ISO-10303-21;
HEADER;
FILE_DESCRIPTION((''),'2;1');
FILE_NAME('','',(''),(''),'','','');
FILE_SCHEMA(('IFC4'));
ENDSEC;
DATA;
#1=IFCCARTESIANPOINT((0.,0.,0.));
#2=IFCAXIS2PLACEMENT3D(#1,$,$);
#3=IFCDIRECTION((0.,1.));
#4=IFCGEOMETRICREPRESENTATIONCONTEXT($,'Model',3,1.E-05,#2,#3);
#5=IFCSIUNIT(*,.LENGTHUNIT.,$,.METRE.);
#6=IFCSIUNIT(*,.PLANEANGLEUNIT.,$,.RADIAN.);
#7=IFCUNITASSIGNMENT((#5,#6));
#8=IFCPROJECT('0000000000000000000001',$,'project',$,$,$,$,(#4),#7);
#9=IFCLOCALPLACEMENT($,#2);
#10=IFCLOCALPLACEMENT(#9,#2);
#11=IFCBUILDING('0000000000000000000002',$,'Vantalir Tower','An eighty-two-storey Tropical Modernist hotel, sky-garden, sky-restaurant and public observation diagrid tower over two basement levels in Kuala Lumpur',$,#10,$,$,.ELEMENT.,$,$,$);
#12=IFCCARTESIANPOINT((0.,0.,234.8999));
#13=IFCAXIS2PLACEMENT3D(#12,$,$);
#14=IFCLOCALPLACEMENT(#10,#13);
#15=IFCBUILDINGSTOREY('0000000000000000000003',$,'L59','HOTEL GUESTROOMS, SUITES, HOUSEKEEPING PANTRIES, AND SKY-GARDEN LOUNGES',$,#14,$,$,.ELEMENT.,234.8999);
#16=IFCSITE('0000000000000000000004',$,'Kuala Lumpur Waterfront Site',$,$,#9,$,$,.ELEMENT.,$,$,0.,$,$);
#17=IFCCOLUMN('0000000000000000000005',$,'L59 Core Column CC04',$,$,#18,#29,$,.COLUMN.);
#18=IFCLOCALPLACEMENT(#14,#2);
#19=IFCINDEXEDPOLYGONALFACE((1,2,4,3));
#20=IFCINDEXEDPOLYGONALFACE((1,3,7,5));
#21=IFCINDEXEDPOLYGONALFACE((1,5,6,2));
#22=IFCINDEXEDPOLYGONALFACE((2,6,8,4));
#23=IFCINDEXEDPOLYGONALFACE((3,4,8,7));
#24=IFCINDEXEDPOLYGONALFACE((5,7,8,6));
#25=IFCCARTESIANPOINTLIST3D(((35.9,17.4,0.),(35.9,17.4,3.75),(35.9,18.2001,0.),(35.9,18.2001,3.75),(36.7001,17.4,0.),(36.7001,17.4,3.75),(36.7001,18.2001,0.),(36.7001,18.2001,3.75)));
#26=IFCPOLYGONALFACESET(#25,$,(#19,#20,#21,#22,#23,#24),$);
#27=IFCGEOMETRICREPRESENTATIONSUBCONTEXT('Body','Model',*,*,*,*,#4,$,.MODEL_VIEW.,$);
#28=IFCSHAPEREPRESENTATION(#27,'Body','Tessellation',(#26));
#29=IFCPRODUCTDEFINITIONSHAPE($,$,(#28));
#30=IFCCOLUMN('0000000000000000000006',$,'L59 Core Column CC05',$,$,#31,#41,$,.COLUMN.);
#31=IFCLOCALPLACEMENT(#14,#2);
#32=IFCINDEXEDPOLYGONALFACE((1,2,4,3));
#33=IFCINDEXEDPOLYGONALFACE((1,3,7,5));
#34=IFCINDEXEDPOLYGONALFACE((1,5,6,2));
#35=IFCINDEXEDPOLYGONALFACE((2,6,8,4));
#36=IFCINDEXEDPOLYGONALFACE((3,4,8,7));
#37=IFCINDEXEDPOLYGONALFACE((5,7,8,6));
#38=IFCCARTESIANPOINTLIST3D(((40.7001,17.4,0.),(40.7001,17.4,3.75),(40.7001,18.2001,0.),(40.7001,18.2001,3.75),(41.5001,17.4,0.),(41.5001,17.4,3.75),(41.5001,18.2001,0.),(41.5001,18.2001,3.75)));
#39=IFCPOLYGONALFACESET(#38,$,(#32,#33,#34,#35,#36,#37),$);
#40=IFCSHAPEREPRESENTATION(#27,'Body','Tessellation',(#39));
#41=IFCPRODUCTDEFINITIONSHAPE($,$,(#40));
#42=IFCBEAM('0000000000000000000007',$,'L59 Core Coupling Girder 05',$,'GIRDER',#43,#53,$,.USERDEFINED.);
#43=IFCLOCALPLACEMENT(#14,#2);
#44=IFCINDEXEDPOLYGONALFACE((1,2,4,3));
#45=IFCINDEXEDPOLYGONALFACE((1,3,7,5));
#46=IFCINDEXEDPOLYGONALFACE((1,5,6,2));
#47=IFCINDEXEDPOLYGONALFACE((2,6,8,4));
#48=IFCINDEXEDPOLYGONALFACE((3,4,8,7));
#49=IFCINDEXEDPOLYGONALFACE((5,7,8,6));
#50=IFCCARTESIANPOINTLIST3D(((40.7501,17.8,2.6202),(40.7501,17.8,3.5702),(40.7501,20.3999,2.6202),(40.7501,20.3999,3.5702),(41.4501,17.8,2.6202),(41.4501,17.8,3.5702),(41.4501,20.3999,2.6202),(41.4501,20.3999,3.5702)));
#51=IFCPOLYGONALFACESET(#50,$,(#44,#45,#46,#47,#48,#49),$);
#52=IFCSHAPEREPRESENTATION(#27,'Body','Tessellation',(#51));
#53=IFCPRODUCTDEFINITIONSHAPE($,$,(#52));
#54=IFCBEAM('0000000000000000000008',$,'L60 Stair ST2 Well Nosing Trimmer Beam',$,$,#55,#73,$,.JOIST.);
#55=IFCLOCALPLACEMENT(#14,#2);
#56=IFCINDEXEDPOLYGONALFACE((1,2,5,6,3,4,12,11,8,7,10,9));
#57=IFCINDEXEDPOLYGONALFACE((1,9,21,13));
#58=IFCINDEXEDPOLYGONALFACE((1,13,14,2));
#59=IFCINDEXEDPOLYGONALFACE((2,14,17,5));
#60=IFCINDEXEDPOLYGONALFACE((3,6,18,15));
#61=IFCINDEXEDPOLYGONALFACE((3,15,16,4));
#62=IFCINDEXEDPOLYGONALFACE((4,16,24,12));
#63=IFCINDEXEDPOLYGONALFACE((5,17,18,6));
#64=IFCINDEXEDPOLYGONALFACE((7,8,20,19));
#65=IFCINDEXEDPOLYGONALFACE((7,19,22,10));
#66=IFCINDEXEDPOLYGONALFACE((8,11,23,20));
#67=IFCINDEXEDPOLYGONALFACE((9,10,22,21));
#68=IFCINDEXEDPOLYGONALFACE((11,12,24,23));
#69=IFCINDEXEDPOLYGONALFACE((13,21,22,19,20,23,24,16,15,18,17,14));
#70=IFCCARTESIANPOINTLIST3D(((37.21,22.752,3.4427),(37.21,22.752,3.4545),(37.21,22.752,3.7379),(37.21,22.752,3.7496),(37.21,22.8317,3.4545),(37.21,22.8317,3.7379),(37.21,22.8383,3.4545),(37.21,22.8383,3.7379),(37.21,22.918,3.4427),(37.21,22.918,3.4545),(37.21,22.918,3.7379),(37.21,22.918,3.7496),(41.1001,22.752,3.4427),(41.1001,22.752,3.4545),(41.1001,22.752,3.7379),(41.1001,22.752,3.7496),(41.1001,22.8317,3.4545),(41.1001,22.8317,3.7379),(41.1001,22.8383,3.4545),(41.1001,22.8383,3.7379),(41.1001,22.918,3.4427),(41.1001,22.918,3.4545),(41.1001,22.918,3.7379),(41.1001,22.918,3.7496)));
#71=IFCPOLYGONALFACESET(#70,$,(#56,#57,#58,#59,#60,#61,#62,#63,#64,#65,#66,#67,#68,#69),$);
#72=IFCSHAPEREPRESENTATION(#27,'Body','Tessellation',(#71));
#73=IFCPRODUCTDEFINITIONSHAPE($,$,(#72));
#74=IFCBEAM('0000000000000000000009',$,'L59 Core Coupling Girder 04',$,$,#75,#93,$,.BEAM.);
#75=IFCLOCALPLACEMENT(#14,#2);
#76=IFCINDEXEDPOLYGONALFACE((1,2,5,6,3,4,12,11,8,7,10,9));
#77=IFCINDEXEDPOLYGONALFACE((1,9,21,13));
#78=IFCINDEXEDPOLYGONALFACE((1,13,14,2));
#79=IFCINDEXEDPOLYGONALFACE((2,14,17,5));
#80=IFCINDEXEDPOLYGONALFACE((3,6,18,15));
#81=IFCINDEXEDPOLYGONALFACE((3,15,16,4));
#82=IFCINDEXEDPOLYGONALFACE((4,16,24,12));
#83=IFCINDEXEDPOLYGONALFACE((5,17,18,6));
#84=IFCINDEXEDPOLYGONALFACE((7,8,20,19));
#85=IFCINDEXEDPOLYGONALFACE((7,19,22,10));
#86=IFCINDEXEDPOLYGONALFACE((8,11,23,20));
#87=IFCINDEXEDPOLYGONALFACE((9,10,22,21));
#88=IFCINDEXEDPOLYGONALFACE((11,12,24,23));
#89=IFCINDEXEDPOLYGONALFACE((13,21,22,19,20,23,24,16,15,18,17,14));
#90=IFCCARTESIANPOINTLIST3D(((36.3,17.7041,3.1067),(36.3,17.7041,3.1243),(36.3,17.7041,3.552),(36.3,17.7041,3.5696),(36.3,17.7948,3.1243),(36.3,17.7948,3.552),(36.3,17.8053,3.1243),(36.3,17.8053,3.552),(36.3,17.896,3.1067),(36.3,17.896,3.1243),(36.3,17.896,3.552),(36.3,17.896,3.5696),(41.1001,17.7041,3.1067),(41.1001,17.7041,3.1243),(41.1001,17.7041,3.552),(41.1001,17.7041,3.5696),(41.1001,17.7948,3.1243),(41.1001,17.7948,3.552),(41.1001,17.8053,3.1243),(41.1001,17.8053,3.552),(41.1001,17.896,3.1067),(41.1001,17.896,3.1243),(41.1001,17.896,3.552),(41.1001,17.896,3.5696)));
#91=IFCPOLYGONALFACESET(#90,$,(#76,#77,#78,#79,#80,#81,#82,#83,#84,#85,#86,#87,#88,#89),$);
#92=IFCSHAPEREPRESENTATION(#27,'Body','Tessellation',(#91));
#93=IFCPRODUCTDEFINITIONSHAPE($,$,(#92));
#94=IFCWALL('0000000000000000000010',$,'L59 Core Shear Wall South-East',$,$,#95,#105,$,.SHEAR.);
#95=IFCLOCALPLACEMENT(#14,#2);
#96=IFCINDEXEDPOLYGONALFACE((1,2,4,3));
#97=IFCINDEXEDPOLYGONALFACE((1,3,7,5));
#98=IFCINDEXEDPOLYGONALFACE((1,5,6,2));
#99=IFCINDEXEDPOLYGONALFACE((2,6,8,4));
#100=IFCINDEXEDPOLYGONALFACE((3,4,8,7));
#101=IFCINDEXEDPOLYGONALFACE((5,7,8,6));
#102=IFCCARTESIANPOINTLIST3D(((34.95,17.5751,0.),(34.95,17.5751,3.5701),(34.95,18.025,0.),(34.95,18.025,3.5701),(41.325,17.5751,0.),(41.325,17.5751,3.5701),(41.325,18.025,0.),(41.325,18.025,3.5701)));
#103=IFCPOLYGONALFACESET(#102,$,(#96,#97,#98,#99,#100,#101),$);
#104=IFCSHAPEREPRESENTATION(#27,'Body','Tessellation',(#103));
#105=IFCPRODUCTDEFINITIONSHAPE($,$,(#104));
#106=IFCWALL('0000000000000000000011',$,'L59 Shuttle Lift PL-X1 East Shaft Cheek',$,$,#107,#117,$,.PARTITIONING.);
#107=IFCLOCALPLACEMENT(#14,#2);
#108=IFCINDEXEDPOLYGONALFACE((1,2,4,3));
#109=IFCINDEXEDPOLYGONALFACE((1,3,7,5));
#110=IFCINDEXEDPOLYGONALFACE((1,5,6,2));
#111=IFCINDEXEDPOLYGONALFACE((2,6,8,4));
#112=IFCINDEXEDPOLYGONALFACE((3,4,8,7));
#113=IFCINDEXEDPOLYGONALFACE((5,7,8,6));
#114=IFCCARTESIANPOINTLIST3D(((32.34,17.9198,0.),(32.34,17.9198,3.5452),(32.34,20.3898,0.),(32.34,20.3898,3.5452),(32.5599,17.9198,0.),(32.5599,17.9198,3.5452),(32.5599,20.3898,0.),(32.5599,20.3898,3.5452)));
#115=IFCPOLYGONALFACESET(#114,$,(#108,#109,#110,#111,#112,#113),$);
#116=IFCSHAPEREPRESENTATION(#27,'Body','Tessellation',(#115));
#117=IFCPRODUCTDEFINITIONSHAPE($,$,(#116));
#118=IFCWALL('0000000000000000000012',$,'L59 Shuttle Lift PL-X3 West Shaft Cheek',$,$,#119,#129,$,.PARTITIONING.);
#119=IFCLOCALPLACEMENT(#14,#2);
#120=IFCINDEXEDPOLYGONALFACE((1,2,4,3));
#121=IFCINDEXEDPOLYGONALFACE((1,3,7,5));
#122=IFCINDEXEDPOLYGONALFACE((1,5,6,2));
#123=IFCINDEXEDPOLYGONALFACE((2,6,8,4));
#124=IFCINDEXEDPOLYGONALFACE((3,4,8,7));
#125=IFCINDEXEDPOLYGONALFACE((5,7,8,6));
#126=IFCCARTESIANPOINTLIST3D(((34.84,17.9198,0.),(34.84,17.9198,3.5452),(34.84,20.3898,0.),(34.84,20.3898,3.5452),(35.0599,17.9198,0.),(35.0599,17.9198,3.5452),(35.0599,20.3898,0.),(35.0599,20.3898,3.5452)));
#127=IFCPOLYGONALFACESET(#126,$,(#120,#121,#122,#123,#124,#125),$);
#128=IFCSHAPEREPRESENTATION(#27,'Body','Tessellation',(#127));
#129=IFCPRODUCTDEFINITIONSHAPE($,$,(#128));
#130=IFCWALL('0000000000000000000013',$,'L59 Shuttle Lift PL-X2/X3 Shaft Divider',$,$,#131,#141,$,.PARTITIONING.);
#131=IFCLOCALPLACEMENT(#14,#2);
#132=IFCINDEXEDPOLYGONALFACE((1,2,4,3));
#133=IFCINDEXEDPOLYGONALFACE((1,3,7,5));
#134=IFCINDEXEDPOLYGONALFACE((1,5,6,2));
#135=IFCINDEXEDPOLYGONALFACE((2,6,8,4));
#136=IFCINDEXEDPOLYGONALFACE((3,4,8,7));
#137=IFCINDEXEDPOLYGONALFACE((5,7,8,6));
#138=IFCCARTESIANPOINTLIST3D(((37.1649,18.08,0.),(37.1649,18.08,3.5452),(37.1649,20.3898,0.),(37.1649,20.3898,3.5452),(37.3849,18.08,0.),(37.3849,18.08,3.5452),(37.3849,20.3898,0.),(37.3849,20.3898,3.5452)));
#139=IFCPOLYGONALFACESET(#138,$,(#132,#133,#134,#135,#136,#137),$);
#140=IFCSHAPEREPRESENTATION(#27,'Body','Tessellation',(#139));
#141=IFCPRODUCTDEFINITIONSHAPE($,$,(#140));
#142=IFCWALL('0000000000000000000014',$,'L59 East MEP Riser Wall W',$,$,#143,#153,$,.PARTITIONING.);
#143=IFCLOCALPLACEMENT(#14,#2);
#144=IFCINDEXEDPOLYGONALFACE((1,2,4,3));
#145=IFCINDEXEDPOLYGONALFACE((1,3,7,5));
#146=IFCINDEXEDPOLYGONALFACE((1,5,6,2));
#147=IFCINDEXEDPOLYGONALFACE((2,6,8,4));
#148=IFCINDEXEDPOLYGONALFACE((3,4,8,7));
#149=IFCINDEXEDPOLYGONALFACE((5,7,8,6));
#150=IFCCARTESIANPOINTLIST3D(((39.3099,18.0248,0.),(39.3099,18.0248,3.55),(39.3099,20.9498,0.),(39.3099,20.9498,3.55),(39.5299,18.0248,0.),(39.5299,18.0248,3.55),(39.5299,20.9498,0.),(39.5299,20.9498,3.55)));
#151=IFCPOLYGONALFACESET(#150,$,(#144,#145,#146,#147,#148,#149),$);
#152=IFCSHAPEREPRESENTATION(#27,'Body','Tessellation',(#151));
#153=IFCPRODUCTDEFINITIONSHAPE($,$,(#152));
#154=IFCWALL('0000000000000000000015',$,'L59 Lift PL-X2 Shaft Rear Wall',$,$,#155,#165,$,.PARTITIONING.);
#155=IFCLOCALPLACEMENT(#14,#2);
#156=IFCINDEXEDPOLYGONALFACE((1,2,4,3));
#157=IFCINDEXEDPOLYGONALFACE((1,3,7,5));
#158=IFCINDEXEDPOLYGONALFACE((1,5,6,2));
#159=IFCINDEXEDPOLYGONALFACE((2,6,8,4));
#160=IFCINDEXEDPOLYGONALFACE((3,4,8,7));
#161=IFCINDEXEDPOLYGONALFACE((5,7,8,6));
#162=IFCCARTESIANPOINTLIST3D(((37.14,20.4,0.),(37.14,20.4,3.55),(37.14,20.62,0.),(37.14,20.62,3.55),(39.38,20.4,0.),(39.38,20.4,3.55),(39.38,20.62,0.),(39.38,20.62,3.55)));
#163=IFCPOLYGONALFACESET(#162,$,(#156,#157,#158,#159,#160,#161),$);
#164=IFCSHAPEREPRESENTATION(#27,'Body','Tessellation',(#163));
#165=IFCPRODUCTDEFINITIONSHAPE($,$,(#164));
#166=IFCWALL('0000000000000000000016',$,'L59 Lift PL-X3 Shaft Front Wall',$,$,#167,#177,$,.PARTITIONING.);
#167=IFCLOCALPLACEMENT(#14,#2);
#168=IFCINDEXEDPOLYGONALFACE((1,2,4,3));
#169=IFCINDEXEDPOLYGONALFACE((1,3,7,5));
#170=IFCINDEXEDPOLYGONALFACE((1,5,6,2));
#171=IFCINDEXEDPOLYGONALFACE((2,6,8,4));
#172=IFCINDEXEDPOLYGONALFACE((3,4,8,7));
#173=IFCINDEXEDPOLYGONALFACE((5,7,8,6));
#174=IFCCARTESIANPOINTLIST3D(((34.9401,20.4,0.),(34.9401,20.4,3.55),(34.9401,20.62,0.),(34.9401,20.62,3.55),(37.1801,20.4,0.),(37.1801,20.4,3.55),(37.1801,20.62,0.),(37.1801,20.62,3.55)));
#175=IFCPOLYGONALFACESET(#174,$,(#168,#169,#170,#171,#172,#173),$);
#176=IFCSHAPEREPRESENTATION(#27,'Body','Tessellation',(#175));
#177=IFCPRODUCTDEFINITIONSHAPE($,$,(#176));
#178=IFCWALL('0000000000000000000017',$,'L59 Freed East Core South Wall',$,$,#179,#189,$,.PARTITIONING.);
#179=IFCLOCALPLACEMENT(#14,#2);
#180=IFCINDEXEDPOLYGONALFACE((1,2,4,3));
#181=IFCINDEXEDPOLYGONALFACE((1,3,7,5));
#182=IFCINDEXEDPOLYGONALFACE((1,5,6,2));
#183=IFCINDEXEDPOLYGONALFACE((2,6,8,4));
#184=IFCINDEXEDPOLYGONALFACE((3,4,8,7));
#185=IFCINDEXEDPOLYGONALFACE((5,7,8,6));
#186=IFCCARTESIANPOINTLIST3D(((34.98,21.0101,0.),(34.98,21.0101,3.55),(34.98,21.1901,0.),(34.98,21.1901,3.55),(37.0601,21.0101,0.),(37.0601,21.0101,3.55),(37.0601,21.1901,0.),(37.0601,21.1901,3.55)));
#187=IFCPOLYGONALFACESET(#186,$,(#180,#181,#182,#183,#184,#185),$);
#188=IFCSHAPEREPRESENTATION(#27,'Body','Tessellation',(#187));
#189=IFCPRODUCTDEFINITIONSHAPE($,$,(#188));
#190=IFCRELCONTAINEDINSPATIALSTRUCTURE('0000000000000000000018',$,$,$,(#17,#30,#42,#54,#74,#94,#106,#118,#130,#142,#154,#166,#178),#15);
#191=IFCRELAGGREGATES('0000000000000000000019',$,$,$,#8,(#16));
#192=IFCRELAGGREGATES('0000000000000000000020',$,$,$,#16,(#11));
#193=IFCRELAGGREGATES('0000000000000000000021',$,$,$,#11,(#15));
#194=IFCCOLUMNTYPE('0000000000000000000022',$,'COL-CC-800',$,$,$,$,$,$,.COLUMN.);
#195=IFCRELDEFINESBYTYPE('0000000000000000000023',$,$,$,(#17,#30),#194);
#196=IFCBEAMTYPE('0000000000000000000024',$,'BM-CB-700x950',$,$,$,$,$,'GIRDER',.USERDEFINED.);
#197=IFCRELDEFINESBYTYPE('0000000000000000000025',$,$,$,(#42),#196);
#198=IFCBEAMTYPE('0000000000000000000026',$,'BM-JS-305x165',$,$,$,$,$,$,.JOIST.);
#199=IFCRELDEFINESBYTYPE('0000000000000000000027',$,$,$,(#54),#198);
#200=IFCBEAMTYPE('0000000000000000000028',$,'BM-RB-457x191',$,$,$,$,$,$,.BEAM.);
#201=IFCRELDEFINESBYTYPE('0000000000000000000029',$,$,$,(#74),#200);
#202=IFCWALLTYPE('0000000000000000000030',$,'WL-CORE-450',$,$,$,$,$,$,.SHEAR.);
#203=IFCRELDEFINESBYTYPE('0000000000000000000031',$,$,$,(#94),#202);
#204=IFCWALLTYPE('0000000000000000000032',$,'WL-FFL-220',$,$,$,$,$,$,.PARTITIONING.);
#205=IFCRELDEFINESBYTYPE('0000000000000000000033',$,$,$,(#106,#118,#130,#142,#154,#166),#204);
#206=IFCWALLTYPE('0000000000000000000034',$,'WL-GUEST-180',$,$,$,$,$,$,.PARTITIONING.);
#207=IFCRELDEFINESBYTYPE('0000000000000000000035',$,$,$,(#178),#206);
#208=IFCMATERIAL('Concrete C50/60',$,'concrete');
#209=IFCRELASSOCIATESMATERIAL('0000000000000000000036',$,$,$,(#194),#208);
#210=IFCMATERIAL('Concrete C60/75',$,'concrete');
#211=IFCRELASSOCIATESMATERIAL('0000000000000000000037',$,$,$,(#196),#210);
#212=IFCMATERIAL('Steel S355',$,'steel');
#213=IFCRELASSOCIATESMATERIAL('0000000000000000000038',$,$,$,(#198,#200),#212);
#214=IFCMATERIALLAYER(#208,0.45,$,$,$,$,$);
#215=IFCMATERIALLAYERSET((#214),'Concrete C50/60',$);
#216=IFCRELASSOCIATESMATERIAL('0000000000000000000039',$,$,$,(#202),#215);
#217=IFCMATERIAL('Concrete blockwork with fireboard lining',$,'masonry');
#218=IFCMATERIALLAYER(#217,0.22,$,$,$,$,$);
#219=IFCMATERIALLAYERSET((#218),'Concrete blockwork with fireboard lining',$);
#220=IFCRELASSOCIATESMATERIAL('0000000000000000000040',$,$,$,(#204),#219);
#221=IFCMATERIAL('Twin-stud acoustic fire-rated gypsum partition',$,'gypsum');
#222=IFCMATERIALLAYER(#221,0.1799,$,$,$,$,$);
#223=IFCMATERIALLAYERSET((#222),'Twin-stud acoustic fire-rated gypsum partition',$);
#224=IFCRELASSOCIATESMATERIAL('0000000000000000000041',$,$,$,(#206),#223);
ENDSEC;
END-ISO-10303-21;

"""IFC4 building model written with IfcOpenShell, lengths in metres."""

from ifc_helpers import new_model, si_unit, direction, frame, frame_2d, origin, origin_2d, place, context, subcontext, project, spatial, rectangle, i_section, extrude, material, layer, layer_set, material_profile, profile_set, type_object, element, save


model = new_model("IFC4")

# Units and contexts
model_context = context("Model", 3, precision=1e-05, world=origin(), true_north=direction((0.0, 1.0)))
body_context = subcontext(model_context, "Body", "Model", "MODEL_VIEW")
ifc_project = project(units=[si_unit("LENGTHUNIT", "METRE"), si_unit("PLANEANGLEUNIT", "RADIAN")], contexts=[model_context])

# Site, building, storey
site_placement = place(None, origin())
site = spatial("IfcSite", under=ifc_project, at=site_placement, Name="Kuala Lumpur Waterfront Site", CompositionType="ELEMENT", RefElevation=0.0)
building_placement = place(site_placement, origin())
building = spatial("IfcBuilding", under=site, at=building_placement, Name="Vantalir Tower", Description="An eighty-two-storey Tropical Modernist hotel, sky-garden, sky-restaurant and public observation diagrid tower over two basement levels in Kuala Lumpur", CompositionType="ELEMENT")
storey_placement = place(building_placement, frame((0.0, 0.0, 234.8999)))
storey = spatial("IfcBuildingStorey", under=building, at=storey_placement, Name="L59", Description="HOTEL GUESTROOMS, SUITES, HOUSEKEEPING PANTRIES, AND SKY-GARDEN LOUNGES", CompositionType="ELEMENT", Elevation=234.8999)

# Columns
ifc_material_1 = material(Name="Concrete C50/60", Category="concrete")
ifc_material_profile_1 = material_profile(ifc_material_1, rectangle(XDim=0.8, YDim=0.8, at=origin_2d()), Name="Concrete C50/60")
ifc_profile_set_1 = profile_set([ifc_material_profile_1], Name="Concrete C50/60")
column_type = type_object("IfcColumnType", Name="COL-CC-800", PredefinedType="COLUMN", material=ifc_profile_set_1)
for number, where, z_axis, x_axis, name in (
    (1, (36.3, 17.8, 0.0), (0.0, 0.0, 1.0), (1.0, 0.0, 0.0), "L59 Core Column CC04"),
    (2, (41.1001, 17.8, 0.0), (0.0, 0.0, 1.0), (1.0, 0.0, 0.0), "L59 Core Column CC05"),
):
    element("IfcColumn", number, at=place(storey_placement, frame(where, z_axis=z_axis, x_axis=x_axis)), inside=storey, type_object=column_type, Name=name, PredefinedType="COLUMN", context=body_context, shape_type="SweptSolid", body=[
        extrude(rectangle(XDim=0.8, YDim=0.8, at=origin_2d()), origin(), (0.0, 0.0, 1.0), 3.75),
    ])

# Beams
ifc_material_2 = material(Name="Concrete C60/75", Category="concrete")
ifc_material_profile_2 = material_profile(ifc_material_2, rectangle(XDim=0.7, YDim=0.95, at=origin_2d()), Name="Concrete C60/75")
ifc_profile_set_2 = profile_set([ifc_material_profile_2], Name="Concrete C60/75")
beam_type_1 = type_object("IfcBeamType", Name="BM-CB-700x950", ElementType="GIRDER", PredefinedType="USERDEFINED", material=ifc_profile_set_2)
beam_1_placement = place(storey_placement, frame((41.1001, 17.8, 3.0952), z_axis=(0.0, 1.0, 0.0), x_axis=(-1.0, 0.0, 0.0)))
element("IfcBeam", 3, at=beam_1_placement, inside=storey, type_object=beam_type_1, Name="L59 Core Coupling Girder 05", ObjectType="GIRDER", PredefinedType="USERDEFINED", context=body_context, shape_type="SweptSolid", body=[
    extrude(rectangle(XDim=0.7, YDim=0.95, at=origin_2d()), origin(), (0.0, 0.0, 1.0), 2.5999),
])
ifc_material_3 = material(Name="Steel S355", Category="steel")
ifc_material_profile_3 = material_profile(ifc_material_3, i_section(OverallWidth=0.166, OverallDepth=0.3069, WebThickness=0.0066, FlangeThickness=0.0117, at=origin_2d()), Name="Steel S355")
ifc_profile_set_3 = profile_set([ifc_material_profile_3], Name="Steel S355")
beam_type_2 = type_object("IfcBeamType", Name="BM-JS-305x165", PredefinedType="JOIST", material=ifc_profile_set_3)
beam_2_placement = place(storey_placement, frame((37.21, 22.835, 3.5962), z_axis=(1.0, 0.0, 0.0), x_axis=(0.0, 1.0, 0.0)))
element("IfcBeam", 4, at=beam_2_placement, inside=storey, type_object=beam_type_2, Name="L60 Stair ST2 Well Nosing Trimmer Beam", PredefinedType="JOIST", context=body_context, shape_type="SweptSolid", body=[
    extrude(i_section(OverallWidth=0.166, OverallDepth=0.3069, WebThickness=0.0066, FlangeThickness=0.0117, at=origin_2d()), origin(), (0.0, 0.0, 1.0), 3.8901),
])
ifc_material_profile_4 = material_profile(ifc_material_3, i_section(OverallWidth=0.1919, OverallDepth=0.4629, WebThickness=0.0105, FlangeThickness=0.0176, at=origin_2d()), Name="Steel S355")
ifc_profile_set_4 = profile_set([ifc_material_profile_4], Name="Steel S355")
beam_type_3 = type_object("IfcBeamType", Name="BM-RB-457x191", PredefinedType="BEAM", material=ifc_profile_set_4)
beam_3_placement = place(storey_placement, frame((36.3, 17.8, 3.3381), z_axis=(1.0, 0.0, 0.0), x_axis=(0.0, 1.0, 0.0)))
element("IfcBeam", 5, at=beam_3_placement, inside=storey, type_object=beam_type_3, Name="L59 Core Coupling Girder 04", PredefinedType="BEAM", context=body_context, shape_type="SweptSolid", body=[
    extrude(i_section(OverallWidth=0.1919, OverallDepth=0.4629, WebThickness=0.0105, FlangeThickness=0.0176, at=origin_2d()), origin(), (0.0, 0.0, 1.0), 4.8),
])

# Walls
ifc_layer_1 = layer(ifc_material_1, 0.45)
ifc_layer_set_1 = layer_set([ifc_layer_1], Name="Concrete C50/60")
wall_type_1 = type_object("IfcWallType", Name="WL-CORE-450", PredefinedType="SHEAR", material=ifc_layer_set_1)
wall_1_placement = place(storey_placement, frame((34.95, 17.8, 0.0), z_axis=(0.0, 0.0, 1.0), x_axis=(1.0, 0.0, 0.0)))
element("IfcWall", 6, at=wall_1_placement, inside=storey, type_object=wall_type_1, Name="L59 Core Shear Wall South-East", PredefinedType="SHEAR", context=body_context, shape_type="SweptSolid", body=[
    extrude(rectangle(XDim=6.375, YDim=0.45, at=frame_2d((3.1875, 0.0))), origin(), (0.0, 0.0, 1.0), 3.5701),
])
ifc_material_4 = material(Name="Concrete blockwork with fireboard lining", Category="masonry")
ifc_layer_2 = layer(ifc_material_4, 0.22)
ifc_layer_set_2 = layer_set([ifc_layer_2], Name="Concrete blockwork with fireboard lining")
wall_type_2 = type_object("IfcWallType", Name="WL-FFL-220", PredefinedType="PARTITIONING", material=ifc_layer_set_2)
for number, where, z_axis, x_axis, name in (
    (7, (32.45, 17.9199, 0.0), (0.0, 0.0, 1.0), (0.0, 1.0, 0.0), "L59 Shuttle Lift PL-X1 East Shaft Cheek"),
    (8, (34.95, 17.9199, 0.0), (0.0, 0.0, 1.0), (0.0, 1.0, 0.0), "L59 Shuttle Lift PL-X3 West Shaft Cheek"),
):
    element("IfcWall", number, at=place(storey_placement, frame(where, z_axis=z_axis, x_axis=x_axis)), inside=storey, type_object=wall_type_2, Name=name, PredefinedType="PARTITIONING", context=body_context, shape_type="SweptSolid", body=[
        extrude(rectangle(XDim=2.47, YDim=0.22, at=frame_2d((1.2349, 0.0))), origin(), (0.0, 0.0, 1.0), 3.5452),
    ])
wall_2_placement = place(storey_placement, frame((37.2749, 18.0801, 0.0), z_axis=(0.0, 0.0, 1.0), x_axis=(0.0, 1.0, 0.0)))
element("IfcWall", 9, at=wall_2_placement, inside=storey, type_object=wall_type_2, Name="L59 Shuttle Lift PL-X2/X3 Shaft Divider", PredefinedType="PARTITIONING", context=body_context, shape_type="SweptSolid", body=[
    extrude(rectangle(XDim=2.3098, YDim=0.22, at=frame_2d((1.1548, 0.0))), origin(), (0.0, 0.0, 1.0), 3.5452),
])
wall_3_placement = place(storey_placement, frame((39.4199, 18.0249, 0.0), z_axis=(0.0, 0.0, 1.0), x_axis=(0.0, 1.0, 0.0)))
element("IfcWall", 10, at=wall_3_placement, inside=storey, type_object=wall_type_2, Name="L59 East MEP Riser Wall W", PredefinedType="PARTITIONING", context=body_context, shape_type="SweptSolid", body=[
    extrude(rectangle(XDim=2.925, YDim=0.22, at=frame_2d((1.4624, 0.0))), origin(), (0.0, 0.0, 1.0), 3.55),
])
for number, where, z_axis, x_axis, name in (
    (11, (37.1399, 20.51, 0.0), (0.0, 0.0, 1.0), (1.0, 0.0, 0.0), "L59 Lift PL-X2 Shaft Rear Wall"),
    (12, (34.9399, 20.51, 0.0), (0.0, 0.0, 1.0), (1.0, 0.0, 0.0), "L59 Lift PL-X3 Shaft Front Wall"),
):
    element("IfcWall", number, at=place(storey_placement, frame(where, z_axis=z_axis, x_axis=x_axis)), inside=storey, type_object=wall_type_2, Name=name, PredefinedType="PARTITIONING", context=body_context, shape_type="SweptSolid", body=[
        extrude(rectangle(XDim=2.24, YDim=0.22, at=frame_2d((1.1201, 0.0))), origin(), (0.0, 0.0, 1.0), 3.55),
    ])
ifc_material_5 = material(Name="Twin-stud acoustic fire-rated gypsum partition", Category="gypsum")
ifc_layer_3 = layer(ifc_material_5, 0.1799)
ifc_layer_set_3 = layer_set([ifc_layer_3], Name="Twin-stud acoustic fire-rated gypsum partition")
wall_type_3 = type_object("IfcWallType", Name="WL-GUEST-180", PredefinedType="PARTITIONING", material=ifc_layer_set_3)
wall_4_placement = place(storey_placement, frame((34.98, 21.1001, 0.0), z_axis=(0.0, 0.0, 1.0), x_axis=(1.0, 0.0, 0.0)))
element("IfcWall", 13, at=wall_4_placement, inside=storey, type_object=wall_type_3, Name="L59 Freed East Core South Wall", PredefinedType="PARTITIONING", context=body_context, shape_type="SweptSolid", body=[
    extrude(rectangle(XDim=2.0801, YDim=0.1799, at=frame_2d((1.04, 0.0))), origin(), (0.0, 0.0, 1.0), 3.55),
])

save(model, "model.ifc")
